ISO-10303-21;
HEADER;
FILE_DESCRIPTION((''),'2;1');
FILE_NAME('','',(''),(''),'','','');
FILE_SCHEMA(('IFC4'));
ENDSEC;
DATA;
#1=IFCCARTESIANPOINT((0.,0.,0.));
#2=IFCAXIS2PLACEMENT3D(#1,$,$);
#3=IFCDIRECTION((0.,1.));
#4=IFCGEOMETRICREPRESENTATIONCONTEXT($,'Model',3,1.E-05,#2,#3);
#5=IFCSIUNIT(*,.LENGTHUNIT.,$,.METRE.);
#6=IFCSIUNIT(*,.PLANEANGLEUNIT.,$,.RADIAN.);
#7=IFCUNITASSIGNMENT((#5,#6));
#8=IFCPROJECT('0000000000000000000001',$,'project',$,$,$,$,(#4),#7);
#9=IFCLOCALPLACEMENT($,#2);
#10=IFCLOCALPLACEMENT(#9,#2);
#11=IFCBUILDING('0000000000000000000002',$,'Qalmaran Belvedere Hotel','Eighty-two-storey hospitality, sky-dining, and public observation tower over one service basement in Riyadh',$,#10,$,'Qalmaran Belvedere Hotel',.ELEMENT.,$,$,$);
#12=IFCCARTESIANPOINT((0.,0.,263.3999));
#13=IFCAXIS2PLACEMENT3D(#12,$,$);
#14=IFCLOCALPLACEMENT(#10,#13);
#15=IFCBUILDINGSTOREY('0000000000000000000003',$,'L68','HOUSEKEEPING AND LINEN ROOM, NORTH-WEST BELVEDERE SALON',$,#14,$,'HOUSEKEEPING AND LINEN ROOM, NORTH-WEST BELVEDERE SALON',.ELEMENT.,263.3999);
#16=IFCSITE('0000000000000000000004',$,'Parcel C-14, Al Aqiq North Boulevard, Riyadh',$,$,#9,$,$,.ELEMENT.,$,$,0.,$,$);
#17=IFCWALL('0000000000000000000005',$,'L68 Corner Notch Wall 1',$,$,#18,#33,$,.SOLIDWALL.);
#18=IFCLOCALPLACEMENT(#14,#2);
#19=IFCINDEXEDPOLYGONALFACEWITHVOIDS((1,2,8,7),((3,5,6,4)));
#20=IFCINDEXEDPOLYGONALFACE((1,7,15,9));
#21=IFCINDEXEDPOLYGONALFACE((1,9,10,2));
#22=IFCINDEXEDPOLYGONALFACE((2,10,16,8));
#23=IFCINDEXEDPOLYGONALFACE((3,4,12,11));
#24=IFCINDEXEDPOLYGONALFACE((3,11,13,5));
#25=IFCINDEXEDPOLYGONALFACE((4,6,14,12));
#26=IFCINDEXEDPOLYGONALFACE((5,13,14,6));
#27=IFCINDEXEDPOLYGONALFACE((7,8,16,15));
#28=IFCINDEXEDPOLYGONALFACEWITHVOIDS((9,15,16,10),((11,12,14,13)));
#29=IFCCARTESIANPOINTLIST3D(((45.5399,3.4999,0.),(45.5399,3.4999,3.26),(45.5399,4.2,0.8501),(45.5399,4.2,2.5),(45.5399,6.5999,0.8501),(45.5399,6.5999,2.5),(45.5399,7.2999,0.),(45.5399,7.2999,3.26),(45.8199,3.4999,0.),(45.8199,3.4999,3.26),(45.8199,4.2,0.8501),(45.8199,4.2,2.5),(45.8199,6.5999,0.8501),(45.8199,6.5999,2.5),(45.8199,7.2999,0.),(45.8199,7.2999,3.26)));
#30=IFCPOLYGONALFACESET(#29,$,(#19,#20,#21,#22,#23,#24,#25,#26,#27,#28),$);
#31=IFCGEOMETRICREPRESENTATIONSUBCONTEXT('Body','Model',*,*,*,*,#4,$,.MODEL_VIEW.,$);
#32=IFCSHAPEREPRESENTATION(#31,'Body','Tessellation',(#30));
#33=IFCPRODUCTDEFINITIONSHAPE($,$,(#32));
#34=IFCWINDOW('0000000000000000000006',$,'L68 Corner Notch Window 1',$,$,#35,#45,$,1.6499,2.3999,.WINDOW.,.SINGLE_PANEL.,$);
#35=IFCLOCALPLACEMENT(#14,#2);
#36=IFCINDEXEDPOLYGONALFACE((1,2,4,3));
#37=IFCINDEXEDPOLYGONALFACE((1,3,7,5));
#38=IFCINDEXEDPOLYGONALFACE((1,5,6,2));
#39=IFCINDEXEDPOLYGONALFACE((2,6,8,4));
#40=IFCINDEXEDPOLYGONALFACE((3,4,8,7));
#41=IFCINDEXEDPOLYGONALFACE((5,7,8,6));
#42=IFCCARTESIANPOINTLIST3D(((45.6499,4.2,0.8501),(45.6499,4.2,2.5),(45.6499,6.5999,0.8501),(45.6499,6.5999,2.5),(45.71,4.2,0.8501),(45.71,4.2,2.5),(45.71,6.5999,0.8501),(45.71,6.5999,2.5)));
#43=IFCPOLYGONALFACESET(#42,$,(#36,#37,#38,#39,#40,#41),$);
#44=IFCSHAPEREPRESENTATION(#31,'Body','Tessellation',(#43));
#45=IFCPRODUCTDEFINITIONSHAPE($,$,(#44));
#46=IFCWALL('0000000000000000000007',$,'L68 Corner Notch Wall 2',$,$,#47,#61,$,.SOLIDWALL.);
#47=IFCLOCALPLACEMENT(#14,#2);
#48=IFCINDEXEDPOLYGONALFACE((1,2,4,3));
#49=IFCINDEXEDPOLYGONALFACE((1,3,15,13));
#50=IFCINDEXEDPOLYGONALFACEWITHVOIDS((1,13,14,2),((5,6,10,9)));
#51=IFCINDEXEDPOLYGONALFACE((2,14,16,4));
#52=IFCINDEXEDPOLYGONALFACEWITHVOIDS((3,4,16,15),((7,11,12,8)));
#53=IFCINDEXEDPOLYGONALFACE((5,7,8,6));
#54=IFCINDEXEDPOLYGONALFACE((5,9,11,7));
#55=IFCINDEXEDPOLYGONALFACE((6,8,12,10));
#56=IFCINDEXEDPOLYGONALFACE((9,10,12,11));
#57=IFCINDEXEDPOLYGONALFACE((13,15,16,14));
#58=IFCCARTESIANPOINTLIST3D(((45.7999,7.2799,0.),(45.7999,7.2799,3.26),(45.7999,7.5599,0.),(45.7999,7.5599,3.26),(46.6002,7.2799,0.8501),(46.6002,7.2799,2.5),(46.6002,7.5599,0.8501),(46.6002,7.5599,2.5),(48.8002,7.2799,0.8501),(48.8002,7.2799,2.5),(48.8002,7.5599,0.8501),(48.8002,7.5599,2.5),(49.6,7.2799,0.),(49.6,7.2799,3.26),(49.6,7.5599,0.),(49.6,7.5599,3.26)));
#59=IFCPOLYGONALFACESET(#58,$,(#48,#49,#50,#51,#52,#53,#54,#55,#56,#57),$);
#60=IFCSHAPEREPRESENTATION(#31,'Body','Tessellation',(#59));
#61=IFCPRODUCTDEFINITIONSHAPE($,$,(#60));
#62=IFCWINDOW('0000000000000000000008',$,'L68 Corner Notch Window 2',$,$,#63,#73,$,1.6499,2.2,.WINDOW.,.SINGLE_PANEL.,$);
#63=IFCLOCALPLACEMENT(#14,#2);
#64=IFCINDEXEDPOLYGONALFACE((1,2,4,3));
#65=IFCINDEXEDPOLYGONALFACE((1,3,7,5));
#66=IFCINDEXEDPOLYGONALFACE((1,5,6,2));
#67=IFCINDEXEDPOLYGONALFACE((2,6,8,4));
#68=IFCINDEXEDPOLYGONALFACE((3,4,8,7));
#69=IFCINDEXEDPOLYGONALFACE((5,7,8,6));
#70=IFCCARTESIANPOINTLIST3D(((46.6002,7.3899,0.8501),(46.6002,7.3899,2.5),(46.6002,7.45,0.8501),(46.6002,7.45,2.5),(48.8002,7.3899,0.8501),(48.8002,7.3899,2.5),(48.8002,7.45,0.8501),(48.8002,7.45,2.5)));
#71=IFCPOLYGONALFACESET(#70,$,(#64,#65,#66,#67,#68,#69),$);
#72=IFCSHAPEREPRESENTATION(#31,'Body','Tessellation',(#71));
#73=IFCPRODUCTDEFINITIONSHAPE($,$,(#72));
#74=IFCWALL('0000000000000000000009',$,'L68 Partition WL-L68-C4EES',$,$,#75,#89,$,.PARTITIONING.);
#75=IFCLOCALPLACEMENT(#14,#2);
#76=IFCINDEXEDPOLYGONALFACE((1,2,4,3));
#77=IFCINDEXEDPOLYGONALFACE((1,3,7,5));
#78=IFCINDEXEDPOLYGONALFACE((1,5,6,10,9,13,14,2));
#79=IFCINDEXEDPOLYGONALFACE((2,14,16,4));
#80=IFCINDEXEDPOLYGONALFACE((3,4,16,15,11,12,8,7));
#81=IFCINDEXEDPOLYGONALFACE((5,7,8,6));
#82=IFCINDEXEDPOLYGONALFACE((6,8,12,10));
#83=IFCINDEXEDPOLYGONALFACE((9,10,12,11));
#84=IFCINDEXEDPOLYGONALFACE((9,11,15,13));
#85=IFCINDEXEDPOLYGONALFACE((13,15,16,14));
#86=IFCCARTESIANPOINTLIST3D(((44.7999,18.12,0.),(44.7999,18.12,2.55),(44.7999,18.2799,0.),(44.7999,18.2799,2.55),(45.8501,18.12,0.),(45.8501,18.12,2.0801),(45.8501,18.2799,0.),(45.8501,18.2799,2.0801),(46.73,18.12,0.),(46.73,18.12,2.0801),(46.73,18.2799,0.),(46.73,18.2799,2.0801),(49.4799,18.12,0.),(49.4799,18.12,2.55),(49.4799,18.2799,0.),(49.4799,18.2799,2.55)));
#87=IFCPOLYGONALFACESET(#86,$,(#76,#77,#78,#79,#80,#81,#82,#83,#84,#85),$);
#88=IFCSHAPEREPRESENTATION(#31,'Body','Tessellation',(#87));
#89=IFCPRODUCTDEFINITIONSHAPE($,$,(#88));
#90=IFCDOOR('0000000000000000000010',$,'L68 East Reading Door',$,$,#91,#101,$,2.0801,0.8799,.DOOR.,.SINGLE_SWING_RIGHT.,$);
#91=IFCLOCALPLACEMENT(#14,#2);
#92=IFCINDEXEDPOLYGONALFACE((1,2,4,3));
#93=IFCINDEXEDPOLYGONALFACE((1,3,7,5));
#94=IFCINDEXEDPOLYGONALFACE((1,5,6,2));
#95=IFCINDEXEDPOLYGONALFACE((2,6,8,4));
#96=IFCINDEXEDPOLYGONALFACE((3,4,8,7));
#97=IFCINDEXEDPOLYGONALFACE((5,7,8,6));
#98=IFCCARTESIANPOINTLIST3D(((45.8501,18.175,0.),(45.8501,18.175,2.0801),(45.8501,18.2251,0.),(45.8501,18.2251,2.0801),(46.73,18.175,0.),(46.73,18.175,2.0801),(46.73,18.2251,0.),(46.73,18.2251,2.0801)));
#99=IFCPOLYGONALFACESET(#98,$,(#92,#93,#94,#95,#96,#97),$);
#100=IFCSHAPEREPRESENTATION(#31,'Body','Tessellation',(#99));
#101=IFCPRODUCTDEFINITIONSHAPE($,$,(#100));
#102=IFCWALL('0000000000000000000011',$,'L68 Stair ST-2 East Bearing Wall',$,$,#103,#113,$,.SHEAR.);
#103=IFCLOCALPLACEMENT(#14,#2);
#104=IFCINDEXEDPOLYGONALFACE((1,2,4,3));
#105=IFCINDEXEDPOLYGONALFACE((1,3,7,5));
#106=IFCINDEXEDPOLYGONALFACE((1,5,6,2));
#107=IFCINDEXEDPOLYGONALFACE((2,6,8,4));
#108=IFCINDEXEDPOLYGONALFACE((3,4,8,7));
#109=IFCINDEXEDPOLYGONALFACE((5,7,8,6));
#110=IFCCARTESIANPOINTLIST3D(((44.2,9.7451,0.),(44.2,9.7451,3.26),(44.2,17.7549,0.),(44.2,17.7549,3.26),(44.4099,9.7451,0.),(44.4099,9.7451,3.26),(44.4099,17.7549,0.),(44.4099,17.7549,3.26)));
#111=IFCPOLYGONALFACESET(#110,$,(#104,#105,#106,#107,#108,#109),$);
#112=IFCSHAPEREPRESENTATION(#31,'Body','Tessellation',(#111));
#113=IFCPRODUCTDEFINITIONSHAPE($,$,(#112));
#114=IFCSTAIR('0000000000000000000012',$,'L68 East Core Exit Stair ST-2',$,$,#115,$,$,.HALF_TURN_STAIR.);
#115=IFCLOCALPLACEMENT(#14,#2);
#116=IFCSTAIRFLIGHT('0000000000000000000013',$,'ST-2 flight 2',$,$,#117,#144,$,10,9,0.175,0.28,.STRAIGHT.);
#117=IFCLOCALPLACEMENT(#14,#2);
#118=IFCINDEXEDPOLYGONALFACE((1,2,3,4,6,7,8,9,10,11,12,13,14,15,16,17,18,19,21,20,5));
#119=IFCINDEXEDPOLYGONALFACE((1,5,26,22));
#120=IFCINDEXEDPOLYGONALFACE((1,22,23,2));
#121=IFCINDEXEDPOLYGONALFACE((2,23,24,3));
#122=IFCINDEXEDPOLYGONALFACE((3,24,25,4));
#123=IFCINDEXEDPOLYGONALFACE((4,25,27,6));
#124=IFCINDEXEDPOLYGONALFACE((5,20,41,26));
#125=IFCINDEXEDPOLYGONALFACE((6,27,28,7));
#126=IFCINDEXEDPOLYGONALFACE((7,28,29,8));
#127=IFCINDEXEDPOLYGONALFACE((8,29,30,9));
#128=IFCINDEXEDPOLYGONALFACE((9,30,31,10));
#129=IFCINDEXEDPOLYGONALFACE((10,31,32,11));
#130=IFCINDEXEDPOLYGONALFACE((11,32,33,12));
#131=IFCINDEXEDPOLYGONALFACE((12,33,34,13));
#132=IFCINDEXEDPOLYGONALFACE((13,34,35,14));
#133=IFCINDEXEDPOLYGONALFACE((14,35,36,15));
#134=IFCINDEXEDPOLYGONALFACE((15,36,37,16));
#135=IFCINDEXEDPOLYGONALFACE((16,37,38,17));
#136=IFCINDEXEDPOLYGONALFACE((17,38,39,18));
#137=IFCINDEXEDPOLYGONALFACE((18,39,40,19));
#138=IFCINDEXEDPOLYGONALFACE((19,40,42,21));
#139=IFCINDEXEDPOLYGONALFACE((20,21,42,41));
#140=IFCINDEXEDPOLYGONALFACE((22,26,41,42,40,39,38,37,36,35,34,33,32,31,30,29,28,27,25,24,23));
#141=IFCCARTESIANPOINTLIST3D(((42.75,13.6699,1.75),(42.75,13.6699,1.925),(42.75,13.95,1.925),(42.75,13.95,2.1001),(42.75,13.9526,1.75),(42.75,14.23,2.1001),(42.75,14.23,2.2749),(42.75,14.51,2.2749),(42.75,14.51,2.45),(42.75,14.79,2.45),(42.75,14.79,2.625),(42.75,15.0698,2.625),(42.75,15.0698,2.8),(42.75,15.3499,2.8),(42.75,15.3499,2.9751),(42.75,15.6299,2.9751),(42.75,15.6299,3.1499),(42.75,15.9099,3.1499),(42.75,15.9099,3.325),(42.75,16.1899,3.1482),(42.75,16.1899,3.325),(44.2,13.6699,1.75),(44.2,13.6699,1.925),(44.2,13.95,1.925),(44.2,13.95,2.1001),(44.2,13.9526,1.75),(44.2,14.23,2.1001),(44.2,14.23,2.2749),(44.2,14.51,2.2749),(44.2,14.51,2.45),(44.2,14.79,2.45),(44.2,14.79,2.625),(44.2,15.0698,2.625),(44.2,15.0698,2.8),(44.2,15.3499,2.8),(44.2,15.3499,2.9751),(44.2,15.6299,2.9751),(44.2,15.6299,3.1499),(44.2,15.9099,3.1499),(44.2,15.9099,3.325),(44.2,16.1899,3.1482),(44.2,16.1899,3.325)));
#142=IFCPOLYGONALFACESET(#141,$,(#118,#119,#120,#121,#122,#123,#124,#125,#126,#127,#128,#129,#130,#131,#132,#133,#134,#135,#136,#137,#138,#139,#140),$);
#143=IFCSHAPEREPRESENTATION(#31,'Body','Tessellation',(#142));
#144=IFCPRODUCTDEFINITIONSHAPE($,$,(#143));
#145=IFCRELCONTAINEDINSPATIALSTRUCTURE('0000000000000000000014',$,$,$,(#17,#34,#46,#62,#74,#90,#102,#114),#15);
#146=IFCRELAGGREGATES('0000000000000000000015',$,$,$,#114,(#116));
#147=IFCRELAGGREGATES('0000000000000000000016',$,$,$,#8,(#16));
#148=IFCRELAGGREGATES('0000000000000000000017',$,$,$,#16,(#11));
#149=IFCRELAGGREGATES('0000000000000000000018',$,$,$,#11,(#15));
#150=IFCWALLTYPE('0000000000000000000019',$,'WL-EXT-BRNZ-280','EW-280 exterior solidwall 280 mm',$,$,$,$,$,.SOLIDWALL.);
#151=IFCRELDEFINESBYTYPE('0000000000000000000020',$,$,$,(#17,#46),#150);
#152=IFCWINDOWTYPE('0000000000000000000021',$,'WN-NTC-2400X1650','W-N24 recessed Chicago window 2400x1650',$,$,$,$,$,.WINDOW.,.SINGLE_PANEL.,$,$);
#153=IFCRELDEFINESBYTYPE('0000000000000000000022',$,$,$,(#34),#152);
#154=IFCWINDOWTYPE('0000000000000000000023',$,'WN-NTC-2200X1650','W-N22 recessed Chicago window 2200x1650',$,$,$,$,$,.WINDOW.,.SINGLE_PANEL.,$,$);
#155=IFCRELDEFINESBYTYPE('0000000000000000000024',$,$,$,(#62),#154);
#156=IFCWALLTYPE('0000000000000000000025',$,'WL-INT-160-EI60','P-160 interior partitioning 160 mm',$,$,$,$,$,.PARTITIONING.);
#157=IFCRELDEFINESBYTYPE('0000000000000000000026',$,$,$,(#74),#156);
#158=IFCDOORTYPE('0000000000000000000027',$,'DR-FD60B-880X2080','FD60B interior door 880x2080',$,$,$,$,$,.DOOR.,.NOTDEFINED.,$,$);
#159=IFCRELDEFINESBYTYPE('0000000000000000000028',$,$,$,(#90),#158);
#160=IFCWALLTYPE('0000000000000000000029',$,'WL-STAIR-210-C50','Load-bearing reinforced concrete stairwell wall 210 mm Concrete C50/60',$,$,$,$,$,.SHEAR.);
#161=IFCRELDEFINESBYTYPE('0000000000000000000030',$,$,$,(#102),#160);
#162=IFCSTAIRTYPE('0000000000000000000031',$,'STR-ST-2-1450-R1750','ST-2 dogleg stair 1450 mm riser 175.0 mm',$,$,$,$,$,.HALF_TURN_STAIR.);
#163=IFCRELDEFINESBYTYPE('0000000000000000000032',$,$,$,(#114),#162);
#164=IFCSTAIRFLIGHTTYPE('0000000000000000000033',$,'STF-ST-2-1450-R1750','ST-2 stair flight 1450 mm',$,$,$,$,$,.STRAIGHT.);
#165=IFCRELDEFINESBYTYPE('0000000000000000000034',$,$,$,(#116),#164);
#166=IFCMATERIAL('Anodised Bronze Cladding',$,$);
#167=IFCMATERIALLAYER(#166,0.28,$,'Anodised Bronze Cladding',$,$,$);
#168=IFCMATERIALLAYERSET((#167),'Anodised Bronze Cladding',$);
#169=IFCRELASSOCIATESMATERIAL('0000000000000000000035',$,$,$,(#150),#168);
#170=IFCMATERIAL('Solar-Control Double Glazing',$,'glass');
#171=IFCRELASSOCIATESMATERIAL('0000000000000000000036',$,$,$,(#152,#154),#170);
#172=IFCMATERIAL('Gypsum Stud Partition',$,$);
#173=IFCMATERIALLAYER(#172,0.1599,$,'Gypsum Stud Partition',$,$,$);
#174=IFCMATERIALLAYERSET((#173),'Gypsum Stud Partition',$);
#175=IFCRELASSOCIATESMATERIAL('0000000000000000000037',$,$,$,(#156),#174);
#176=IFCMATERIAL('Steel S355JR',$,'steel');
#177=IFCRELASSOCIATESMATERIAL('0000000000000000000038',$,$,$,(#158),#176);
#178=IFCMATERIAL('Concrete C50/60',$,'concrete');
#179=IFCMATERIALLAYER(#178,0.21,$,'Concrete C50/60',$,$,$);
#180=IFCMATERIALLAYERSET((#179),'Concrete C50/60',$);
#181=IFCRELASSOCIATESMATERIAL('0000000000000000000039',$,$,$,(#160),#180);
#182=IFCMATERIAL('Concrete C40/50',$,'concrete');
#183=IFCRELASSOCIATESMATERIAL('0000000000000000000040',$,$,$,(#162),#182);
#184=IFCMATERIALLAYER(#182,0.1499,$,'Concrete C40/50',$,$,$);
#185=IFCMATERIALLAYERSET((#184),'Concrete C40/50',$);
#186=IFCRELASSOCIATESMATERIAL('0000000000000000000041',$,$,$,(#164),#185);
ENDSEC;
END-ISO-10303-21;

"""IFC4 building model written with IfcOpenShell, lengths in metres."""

from ifc_helpers import new_model, si_unit, direction, frame, frame_2d, origin, place, context, subcontext, project, spatial, polyline, rectangle, outline, extrude, material, layer, layer_set, type_object, element, fill, aggregate, save


model = new_model("IFC4")

# Units and contexts
model_context = context("Model", 3, precision=1e-05, world=origin(), true_north=direction((0.0, 1.0)))
body_context = subcontext(model_context, "Body", "Model", "MODEL_VIEW")
ifc_project = project(units=[si_unit("LENGTHUNIT", "METRE"), si_unit("PLANEANGLEUNIT", "RADIAN")], contexts=[model_context])

# Site, building, storey
site_placement = place(None, origin())
site = spatial("IfcSite", under=ifc_project, at=site_placement, Name="Parcel C-14, Al Aqiq North Boulevard, Riyadh", CompositionType="ELEMENT", RefElevation=0.0)
building_placement = place(site_placement, origin())
building = spatial("IfcBuilding", under=site, at=building_placement, Name="Qalmaran Belvedere Hotel", Description="Eighty-two-storey hospitality, sky-dining, and public observation tower over one service basement in Riyadh", LongName="Qalmaran Belvedere Hotel", CompositionType="ELEMENT")
storey_placement = place(building_placement, frame((0.0, 0.0, 263.3999)))
storey = spatial("IfcBuildingStorey", under=building, at=storey_placement, Name="L68", Description="HOUSEKEEPING AND LINEN ROOM, NORTH-WEST BELVEDERE SALON", LongName="HOUSEKEEPING AND LINEN ROOM, NORTH-WEST BELVEDERE SALON", CompositionType="ELEMENT", Elevation=263.3999)

# Shared definitions
ifc_material_1 = material(Name="Concrete C50/60", Category="concrete")

# Shared definitions
ifc_material_2 = material(Name="Steel S355JR", Category="steel")

# Shared definitions
ifc_material_3 = material(Name="Solar-Control Double Glazing", Category="glass")

# Walls, openings, windows
ifc_material_4 = material(Name="Anodised Bronze Cladding")
ifc_layer_1 = layer(ifc_material_4, 0.28, Name="Anodised Bronze Cladding")
ifc_layer_set_1 = layer_set([ifc_layer_1], Name="Anodised Bronze Cladding")
wall_type_1 = type_object("IfcWallType", Name="WL-EXT-BRNZ-280", Description="EW-280 exterior solidwall 280 mm", PredefinedType="SOLIDWALL", material=ifc_layer_set_1)
wall_1_placement = place(storey_placement, frame((45.6799, 3.5, 0.0), z_axis=(0.0, 0.0, 1.0), x_axis=(0.0, 1.0, 0.0)))
wall_1 = element("IfcWall", 1, at=wall_1_placement, inside=storey, type_object=wall_type_1, Name="L68 Corner Notch Wall 1", PredefinedType="SOLIDWALL", context=body_context, shape_type="SweptSolid", body=[
    extrude(rectangle(XDim=3.8, YDim=0.28, at=frame_2d((1.8999, 0.0))), origin(), (0.0, 0.0, 1.0), 3.26),
])
opening_1_placement = place(wall_1_placement, frame((0.7, 0.0, 0.8501)))
opening_1 = element("IfcOpeningElement", 2, at=opening_1_placement, cuts=wall_1, PredefinedType="OPENING", context=body_context, shape_type="SweptSolid", body=[
    extrude(rectangle(XDim=2.3999, YDim=1.6499, at=frame_2d((1.2, 0.825))), frame((0.0, 0.1499, 0.0), z_axis=(0.0, -1.0, 0.0), x_axis=(1.0, 0.0, 0.0)), (0.0, 0.0, 1.0), 0.3),
])
window_type_1 = type_object("IfcWindowType", Name="WN-NTC-2400X1650", Description="W-N24 recessed Chicago window 2400x1650", PartitioningType="SINGLE_PANEL", PredefinedType="WINDOW", material=ifc_material_3)
window_1_placement = place(opening_1_placement, origin())
window_1 = element("IfcWindow", 3, at=window_1_placement, inside=storey, type_object=window_type_1, Name="L68 Corner Notch Window 1", OverallHeight=1.6499, OverallWidth=2.3999, PartitioningType="SINGLE_PANEL", PredefinedType="WINDOW", context=body_context, shape_type="SweptSolid", body=[
    extrude(rectangle(XDim=2.3999, YDim=1.6499, at=frame_2d((1.2, 0.825))), frame((0.0, 0.03, 0.0), z_axis=(0.0, -1.0, 0.0), x_axis=(1.0, 0.0, 0.0)), (0.0, 0.0, 1.0), 0.0601),
])
fill(opening_1, window_1)
wall_2_placement = place(storey_placement, frame((45.8, 7.4199, 0.0), z_axis=(0.0, 0.0, 1.0), x_axis=(1.0, 0.0, 0.0)))
wall_2 = element("IfcWall", 4, at=wall_2_placement, inside=storey, type_object=wall_type_1, Name="L68 Corner Notch Wall 2", PredefinedType="SOLIDWALL", context=body_context, shape_type="SweptSolid", body=[
    extrude(rectangle(XDim=3.8, YDim=0.28, at=frame_2d((1.8999, 0.0))), origin(), (0.0, 0.0, 1.0), 3.26),
])
opening_2_placement = place(wall_2_placement, frame((0.8, 0.0, 0.8501)))
opening_2 = element("IfcOpeningElement", 5, at=opening_2_placement, cuts=wall_2, PredefinedType="OPENING", context=body_context, shape_type="SweptSolid", body=[
    extrude(rectangle(XDim=2.2, YDim=1.6499, at=frame_2d((1.1001, 0.825))), frame((0.0, 0.1499, 0.0), z_axis=(0.0, -1.0, 0.0), x_axis=(1.0, 0.0, 0.0)), (0.0, 0.0, 1.0), 0.3),
])
window_type_2 = type_object("IfcWindowType", Name="WN-NTC-2200X1650", Description="W-N22 recessed Chicago window 2200x1650", PartitioningType="SINGLE_PANEL", PredefinedType="WINDOW", material=ifc_material_3)
window_2_placement = place(opening_2_placement, origin())
window_2 = element("IfcWindow", 6, at=window_2_placement, inside=storey, type_object=window_type_2, Name="L68 Corner Notch Window 2", OverallHeight=1.6499, OverallWidth=2.2, PartitioningType="SINGLE_PANEL", PredefinedType="WINDOW", context=body_context, shape_type="SweptSolid", body=[
    extrude(rectangle(XDim=2.2, YDim=1.6499, at=frame_2d((1.1001, 0.825))), frame((0.0, 0.03, 0.0), z_axis=(0.0, -1.0, 0.0), x_axis=(1.0, 0.0, 0.0)), (0.0, 0.0, 1.0), 0.0601),
])
fill(opening_2, window_2)

# Wall, opening, door
ifc_material_5 = material(Name="Gypsum Stud Partition")
ifc_layer_2 = layer(ifc_material_5, 0.1599, Name="Gypsum Stud Partition")
ifc_layer_set_2 = layer_set([ifc_layer_2], Name="Gypsum Stud Partition")
wall_type_2 = type_object("IfcWallType", Name="WL-INT-160-EI60", Description="P-160 interior partitioning 160 mm", PredefinedType="PARTITIONING", material=ifc_layer_set_2)
wall_3_placement = place(storey_placement, frame((44.8, 18.2, 0.0), z_axis=(0.0, 0.0, 1.0), x_axis=(1.0, 0.0, 0.0)))
wall_3 = element("IfcWall", 7, at=wall_3_placement, inside=storey, type_object=wall_type_2, Name="L68 Partition WL-L68-C4EES", PredefinedType="PARTITIONING", context=body_context, shape_type="SweptSolid", body=[
    extrude(rectangle(XDim=4.6799, YDim=0.1599, at=frame_2d((2.3398, 0.0))), origin(), (0.0, 0.0, 1.0), 2.55),
])
opening_3_placement = place(wall_3_placement, frame((1.9299, 0.0, 0.0), z_axis=(0.0, 0.0, 1.0), x_axis=(-1.0, 0.0, 0.0)))
opening_3 = element("IfcOpeningElement", 8, at=opening_3_placement, cuts=wall_3, PredefinedType="OPENING", context=body_context, shape_type="SweptSolid", body=[
    extrude(rectangle(XDim=0.8799, YDim=2.0801, at=frame_2d((0.4399, 1.04))), frame((0.0, 0.0898, 0.0), z_axis=(0.0, -1.0, 0.0), x_axis=(1.0, 0.0, 0.0)), (0.0, 0.0, 1.0), 0.1799),
])
door_type = type_object("IfcDoorType", Name="DR-FD60B-880X2080", Description="FD60B interior door 880x2080", OperationType="NOTDEFINED", PredefinedType="DOOR", material=ifc_material_2)
door_placement = place(opening_3_placement, origin())
door = element("IfcDoor", 9, at=door_placement, inside=storey, type_object=door_type, Name="L68 East Reading Door", OperationType="SINGLE_SWING_RIGHT", OverallHeight=2.0801, OverallWidth=0.8799, PredefinedType="DOOR", context=body_context, shape_type="SweptSolid", body=[
    extrude(rectangle(XDim=0.8799, YDim=2.0801, at=frame_2d((0.4399, 1.04))), frame((0.0, 0.0249, 0.0), z_axis=(0.0, -1.0, 0.0), x_axis=(1.0, 0.0, 0.0)), (0.0, 0.0, 1.0), 0.05),
])
fill(opening_3, door)

# Wall
ifc_layer_3 = layer(ifc_material_1, 0.21, Name="Concrete C50/60")
ifc_layer_set_3 = layer_set([ifc_layer_3], Name="Concrete C50/60")
wall_type_3 = type_object("IfcWallType", Name="WL-STAIR-210-C50", Description="Load-bearing reinforced concrete stairwell wall 210 mm Concrete C50/60", PredefinedType="SHEAR", material=ifc_layer_set_3)
wall_4_placement = place(storey_placement, frame((44.3049, 9.7451, 0.0), z_axis=(0.0, 0.0, 1.0), x_axis=(0.0, 1.0, 0.0)))
element("IfcWall", 10, at=wall_4_placement, inside=storey, type_object=wall_type_3, Name="L68 Stair ST-2 East Bearing Wall", PredefinedType="SHEAR", context=body_context, shape_type="SweptSolid", body=[
    extrude(rectangle(XDim=8.0098, YDim=0.21, at=frame_2d((4.0049, 0.0))), origin(), (0.0, 0.0, 1.0), 3.26),
])

# Stair, stair flight
ifc_material_6 = material(Name="Concrete C40/50", Category="concrete")
stair_type = type_object("IfcStairType", Name="STR-ST-2-1450-R1750", Description="ST-2 dogleg stair 1450 mm riser 175.0 mm", PredefinedType="HALF_TURN_STAIR", material=ifc_material_6)
stair_placement = place(storey_placement, origin())
stair = element("IfcStair", 11, at=stair_placement, inside=storey, type_object=stair_type, Name="L68 East Core Exit Stair ST-2", PredefinedType="HALF_TURN_STAIR")
ifc_layer_4 = layer(ifc_material_6, 0.1499, Name="Concrete C40/50")
ifc_layer_set_4 = layer_set([ifc_layer_4], Name="Concrete C40/50")
stair_flight_type = type_object("IfcStairFlightType", Name="STF-ST-2-1450-R1750", Description="ST-2 stair flight 1450 mm", PredefinedType="STRAIGHT", material=ifc_layer_set_4)
stair_flight_placement = place(storey_placement, frame((43.4751, 13.6699, 1.75), z_axis=(0.0, 0.0, 1.0), x_axis=(0.0, 1.0, 0.0)))
stair_flight = element("IfcStairFlight", 12, at=stair_flight_placement, type_object=stair_flight_type, Name="ST-2 flight 2", NumberOfRisers=10, NumberOfTreads=9, PredefinedType="STRAIGHT", RiserHeight=0.175, TreadLength=0.28, context=body_context, shape_type="SweptSolid", body=[
    extrude(outline(polyline([(0.0, 0.0), (0.0, 0.175), (0.28, 0.175), (0.28, 0.3501), (0.5601, 0.3501), (0.5601, 0.5249), (0.8401, 0.5249), (0.8401, 0.7), (1.1201, 0.7), (1.1201, 0.875), (1.3999, 0.875), (1.3999, 1.05), (1.6799, 1.05), (1.6799, 1.2251), (1.96, 1.2251), (1.96, 1.3999), (2.24, 1.3999), (2.24, 1.575), (2.52, 1.575), (2.52, 1.75), (2.52, 1.3982), (0.2827, 0.0), (0.0, 0.0)])), frame((0.0, 0.7251, 0.0), z_axis=(0.0, -1.0, 0.0), x_axis=(1.0, 0.0, 0.0)), (0.0, 0.0, 1.0), 1.45),
])
aggregate(stair, [stair_flight])

save(model, "model.ifc")
